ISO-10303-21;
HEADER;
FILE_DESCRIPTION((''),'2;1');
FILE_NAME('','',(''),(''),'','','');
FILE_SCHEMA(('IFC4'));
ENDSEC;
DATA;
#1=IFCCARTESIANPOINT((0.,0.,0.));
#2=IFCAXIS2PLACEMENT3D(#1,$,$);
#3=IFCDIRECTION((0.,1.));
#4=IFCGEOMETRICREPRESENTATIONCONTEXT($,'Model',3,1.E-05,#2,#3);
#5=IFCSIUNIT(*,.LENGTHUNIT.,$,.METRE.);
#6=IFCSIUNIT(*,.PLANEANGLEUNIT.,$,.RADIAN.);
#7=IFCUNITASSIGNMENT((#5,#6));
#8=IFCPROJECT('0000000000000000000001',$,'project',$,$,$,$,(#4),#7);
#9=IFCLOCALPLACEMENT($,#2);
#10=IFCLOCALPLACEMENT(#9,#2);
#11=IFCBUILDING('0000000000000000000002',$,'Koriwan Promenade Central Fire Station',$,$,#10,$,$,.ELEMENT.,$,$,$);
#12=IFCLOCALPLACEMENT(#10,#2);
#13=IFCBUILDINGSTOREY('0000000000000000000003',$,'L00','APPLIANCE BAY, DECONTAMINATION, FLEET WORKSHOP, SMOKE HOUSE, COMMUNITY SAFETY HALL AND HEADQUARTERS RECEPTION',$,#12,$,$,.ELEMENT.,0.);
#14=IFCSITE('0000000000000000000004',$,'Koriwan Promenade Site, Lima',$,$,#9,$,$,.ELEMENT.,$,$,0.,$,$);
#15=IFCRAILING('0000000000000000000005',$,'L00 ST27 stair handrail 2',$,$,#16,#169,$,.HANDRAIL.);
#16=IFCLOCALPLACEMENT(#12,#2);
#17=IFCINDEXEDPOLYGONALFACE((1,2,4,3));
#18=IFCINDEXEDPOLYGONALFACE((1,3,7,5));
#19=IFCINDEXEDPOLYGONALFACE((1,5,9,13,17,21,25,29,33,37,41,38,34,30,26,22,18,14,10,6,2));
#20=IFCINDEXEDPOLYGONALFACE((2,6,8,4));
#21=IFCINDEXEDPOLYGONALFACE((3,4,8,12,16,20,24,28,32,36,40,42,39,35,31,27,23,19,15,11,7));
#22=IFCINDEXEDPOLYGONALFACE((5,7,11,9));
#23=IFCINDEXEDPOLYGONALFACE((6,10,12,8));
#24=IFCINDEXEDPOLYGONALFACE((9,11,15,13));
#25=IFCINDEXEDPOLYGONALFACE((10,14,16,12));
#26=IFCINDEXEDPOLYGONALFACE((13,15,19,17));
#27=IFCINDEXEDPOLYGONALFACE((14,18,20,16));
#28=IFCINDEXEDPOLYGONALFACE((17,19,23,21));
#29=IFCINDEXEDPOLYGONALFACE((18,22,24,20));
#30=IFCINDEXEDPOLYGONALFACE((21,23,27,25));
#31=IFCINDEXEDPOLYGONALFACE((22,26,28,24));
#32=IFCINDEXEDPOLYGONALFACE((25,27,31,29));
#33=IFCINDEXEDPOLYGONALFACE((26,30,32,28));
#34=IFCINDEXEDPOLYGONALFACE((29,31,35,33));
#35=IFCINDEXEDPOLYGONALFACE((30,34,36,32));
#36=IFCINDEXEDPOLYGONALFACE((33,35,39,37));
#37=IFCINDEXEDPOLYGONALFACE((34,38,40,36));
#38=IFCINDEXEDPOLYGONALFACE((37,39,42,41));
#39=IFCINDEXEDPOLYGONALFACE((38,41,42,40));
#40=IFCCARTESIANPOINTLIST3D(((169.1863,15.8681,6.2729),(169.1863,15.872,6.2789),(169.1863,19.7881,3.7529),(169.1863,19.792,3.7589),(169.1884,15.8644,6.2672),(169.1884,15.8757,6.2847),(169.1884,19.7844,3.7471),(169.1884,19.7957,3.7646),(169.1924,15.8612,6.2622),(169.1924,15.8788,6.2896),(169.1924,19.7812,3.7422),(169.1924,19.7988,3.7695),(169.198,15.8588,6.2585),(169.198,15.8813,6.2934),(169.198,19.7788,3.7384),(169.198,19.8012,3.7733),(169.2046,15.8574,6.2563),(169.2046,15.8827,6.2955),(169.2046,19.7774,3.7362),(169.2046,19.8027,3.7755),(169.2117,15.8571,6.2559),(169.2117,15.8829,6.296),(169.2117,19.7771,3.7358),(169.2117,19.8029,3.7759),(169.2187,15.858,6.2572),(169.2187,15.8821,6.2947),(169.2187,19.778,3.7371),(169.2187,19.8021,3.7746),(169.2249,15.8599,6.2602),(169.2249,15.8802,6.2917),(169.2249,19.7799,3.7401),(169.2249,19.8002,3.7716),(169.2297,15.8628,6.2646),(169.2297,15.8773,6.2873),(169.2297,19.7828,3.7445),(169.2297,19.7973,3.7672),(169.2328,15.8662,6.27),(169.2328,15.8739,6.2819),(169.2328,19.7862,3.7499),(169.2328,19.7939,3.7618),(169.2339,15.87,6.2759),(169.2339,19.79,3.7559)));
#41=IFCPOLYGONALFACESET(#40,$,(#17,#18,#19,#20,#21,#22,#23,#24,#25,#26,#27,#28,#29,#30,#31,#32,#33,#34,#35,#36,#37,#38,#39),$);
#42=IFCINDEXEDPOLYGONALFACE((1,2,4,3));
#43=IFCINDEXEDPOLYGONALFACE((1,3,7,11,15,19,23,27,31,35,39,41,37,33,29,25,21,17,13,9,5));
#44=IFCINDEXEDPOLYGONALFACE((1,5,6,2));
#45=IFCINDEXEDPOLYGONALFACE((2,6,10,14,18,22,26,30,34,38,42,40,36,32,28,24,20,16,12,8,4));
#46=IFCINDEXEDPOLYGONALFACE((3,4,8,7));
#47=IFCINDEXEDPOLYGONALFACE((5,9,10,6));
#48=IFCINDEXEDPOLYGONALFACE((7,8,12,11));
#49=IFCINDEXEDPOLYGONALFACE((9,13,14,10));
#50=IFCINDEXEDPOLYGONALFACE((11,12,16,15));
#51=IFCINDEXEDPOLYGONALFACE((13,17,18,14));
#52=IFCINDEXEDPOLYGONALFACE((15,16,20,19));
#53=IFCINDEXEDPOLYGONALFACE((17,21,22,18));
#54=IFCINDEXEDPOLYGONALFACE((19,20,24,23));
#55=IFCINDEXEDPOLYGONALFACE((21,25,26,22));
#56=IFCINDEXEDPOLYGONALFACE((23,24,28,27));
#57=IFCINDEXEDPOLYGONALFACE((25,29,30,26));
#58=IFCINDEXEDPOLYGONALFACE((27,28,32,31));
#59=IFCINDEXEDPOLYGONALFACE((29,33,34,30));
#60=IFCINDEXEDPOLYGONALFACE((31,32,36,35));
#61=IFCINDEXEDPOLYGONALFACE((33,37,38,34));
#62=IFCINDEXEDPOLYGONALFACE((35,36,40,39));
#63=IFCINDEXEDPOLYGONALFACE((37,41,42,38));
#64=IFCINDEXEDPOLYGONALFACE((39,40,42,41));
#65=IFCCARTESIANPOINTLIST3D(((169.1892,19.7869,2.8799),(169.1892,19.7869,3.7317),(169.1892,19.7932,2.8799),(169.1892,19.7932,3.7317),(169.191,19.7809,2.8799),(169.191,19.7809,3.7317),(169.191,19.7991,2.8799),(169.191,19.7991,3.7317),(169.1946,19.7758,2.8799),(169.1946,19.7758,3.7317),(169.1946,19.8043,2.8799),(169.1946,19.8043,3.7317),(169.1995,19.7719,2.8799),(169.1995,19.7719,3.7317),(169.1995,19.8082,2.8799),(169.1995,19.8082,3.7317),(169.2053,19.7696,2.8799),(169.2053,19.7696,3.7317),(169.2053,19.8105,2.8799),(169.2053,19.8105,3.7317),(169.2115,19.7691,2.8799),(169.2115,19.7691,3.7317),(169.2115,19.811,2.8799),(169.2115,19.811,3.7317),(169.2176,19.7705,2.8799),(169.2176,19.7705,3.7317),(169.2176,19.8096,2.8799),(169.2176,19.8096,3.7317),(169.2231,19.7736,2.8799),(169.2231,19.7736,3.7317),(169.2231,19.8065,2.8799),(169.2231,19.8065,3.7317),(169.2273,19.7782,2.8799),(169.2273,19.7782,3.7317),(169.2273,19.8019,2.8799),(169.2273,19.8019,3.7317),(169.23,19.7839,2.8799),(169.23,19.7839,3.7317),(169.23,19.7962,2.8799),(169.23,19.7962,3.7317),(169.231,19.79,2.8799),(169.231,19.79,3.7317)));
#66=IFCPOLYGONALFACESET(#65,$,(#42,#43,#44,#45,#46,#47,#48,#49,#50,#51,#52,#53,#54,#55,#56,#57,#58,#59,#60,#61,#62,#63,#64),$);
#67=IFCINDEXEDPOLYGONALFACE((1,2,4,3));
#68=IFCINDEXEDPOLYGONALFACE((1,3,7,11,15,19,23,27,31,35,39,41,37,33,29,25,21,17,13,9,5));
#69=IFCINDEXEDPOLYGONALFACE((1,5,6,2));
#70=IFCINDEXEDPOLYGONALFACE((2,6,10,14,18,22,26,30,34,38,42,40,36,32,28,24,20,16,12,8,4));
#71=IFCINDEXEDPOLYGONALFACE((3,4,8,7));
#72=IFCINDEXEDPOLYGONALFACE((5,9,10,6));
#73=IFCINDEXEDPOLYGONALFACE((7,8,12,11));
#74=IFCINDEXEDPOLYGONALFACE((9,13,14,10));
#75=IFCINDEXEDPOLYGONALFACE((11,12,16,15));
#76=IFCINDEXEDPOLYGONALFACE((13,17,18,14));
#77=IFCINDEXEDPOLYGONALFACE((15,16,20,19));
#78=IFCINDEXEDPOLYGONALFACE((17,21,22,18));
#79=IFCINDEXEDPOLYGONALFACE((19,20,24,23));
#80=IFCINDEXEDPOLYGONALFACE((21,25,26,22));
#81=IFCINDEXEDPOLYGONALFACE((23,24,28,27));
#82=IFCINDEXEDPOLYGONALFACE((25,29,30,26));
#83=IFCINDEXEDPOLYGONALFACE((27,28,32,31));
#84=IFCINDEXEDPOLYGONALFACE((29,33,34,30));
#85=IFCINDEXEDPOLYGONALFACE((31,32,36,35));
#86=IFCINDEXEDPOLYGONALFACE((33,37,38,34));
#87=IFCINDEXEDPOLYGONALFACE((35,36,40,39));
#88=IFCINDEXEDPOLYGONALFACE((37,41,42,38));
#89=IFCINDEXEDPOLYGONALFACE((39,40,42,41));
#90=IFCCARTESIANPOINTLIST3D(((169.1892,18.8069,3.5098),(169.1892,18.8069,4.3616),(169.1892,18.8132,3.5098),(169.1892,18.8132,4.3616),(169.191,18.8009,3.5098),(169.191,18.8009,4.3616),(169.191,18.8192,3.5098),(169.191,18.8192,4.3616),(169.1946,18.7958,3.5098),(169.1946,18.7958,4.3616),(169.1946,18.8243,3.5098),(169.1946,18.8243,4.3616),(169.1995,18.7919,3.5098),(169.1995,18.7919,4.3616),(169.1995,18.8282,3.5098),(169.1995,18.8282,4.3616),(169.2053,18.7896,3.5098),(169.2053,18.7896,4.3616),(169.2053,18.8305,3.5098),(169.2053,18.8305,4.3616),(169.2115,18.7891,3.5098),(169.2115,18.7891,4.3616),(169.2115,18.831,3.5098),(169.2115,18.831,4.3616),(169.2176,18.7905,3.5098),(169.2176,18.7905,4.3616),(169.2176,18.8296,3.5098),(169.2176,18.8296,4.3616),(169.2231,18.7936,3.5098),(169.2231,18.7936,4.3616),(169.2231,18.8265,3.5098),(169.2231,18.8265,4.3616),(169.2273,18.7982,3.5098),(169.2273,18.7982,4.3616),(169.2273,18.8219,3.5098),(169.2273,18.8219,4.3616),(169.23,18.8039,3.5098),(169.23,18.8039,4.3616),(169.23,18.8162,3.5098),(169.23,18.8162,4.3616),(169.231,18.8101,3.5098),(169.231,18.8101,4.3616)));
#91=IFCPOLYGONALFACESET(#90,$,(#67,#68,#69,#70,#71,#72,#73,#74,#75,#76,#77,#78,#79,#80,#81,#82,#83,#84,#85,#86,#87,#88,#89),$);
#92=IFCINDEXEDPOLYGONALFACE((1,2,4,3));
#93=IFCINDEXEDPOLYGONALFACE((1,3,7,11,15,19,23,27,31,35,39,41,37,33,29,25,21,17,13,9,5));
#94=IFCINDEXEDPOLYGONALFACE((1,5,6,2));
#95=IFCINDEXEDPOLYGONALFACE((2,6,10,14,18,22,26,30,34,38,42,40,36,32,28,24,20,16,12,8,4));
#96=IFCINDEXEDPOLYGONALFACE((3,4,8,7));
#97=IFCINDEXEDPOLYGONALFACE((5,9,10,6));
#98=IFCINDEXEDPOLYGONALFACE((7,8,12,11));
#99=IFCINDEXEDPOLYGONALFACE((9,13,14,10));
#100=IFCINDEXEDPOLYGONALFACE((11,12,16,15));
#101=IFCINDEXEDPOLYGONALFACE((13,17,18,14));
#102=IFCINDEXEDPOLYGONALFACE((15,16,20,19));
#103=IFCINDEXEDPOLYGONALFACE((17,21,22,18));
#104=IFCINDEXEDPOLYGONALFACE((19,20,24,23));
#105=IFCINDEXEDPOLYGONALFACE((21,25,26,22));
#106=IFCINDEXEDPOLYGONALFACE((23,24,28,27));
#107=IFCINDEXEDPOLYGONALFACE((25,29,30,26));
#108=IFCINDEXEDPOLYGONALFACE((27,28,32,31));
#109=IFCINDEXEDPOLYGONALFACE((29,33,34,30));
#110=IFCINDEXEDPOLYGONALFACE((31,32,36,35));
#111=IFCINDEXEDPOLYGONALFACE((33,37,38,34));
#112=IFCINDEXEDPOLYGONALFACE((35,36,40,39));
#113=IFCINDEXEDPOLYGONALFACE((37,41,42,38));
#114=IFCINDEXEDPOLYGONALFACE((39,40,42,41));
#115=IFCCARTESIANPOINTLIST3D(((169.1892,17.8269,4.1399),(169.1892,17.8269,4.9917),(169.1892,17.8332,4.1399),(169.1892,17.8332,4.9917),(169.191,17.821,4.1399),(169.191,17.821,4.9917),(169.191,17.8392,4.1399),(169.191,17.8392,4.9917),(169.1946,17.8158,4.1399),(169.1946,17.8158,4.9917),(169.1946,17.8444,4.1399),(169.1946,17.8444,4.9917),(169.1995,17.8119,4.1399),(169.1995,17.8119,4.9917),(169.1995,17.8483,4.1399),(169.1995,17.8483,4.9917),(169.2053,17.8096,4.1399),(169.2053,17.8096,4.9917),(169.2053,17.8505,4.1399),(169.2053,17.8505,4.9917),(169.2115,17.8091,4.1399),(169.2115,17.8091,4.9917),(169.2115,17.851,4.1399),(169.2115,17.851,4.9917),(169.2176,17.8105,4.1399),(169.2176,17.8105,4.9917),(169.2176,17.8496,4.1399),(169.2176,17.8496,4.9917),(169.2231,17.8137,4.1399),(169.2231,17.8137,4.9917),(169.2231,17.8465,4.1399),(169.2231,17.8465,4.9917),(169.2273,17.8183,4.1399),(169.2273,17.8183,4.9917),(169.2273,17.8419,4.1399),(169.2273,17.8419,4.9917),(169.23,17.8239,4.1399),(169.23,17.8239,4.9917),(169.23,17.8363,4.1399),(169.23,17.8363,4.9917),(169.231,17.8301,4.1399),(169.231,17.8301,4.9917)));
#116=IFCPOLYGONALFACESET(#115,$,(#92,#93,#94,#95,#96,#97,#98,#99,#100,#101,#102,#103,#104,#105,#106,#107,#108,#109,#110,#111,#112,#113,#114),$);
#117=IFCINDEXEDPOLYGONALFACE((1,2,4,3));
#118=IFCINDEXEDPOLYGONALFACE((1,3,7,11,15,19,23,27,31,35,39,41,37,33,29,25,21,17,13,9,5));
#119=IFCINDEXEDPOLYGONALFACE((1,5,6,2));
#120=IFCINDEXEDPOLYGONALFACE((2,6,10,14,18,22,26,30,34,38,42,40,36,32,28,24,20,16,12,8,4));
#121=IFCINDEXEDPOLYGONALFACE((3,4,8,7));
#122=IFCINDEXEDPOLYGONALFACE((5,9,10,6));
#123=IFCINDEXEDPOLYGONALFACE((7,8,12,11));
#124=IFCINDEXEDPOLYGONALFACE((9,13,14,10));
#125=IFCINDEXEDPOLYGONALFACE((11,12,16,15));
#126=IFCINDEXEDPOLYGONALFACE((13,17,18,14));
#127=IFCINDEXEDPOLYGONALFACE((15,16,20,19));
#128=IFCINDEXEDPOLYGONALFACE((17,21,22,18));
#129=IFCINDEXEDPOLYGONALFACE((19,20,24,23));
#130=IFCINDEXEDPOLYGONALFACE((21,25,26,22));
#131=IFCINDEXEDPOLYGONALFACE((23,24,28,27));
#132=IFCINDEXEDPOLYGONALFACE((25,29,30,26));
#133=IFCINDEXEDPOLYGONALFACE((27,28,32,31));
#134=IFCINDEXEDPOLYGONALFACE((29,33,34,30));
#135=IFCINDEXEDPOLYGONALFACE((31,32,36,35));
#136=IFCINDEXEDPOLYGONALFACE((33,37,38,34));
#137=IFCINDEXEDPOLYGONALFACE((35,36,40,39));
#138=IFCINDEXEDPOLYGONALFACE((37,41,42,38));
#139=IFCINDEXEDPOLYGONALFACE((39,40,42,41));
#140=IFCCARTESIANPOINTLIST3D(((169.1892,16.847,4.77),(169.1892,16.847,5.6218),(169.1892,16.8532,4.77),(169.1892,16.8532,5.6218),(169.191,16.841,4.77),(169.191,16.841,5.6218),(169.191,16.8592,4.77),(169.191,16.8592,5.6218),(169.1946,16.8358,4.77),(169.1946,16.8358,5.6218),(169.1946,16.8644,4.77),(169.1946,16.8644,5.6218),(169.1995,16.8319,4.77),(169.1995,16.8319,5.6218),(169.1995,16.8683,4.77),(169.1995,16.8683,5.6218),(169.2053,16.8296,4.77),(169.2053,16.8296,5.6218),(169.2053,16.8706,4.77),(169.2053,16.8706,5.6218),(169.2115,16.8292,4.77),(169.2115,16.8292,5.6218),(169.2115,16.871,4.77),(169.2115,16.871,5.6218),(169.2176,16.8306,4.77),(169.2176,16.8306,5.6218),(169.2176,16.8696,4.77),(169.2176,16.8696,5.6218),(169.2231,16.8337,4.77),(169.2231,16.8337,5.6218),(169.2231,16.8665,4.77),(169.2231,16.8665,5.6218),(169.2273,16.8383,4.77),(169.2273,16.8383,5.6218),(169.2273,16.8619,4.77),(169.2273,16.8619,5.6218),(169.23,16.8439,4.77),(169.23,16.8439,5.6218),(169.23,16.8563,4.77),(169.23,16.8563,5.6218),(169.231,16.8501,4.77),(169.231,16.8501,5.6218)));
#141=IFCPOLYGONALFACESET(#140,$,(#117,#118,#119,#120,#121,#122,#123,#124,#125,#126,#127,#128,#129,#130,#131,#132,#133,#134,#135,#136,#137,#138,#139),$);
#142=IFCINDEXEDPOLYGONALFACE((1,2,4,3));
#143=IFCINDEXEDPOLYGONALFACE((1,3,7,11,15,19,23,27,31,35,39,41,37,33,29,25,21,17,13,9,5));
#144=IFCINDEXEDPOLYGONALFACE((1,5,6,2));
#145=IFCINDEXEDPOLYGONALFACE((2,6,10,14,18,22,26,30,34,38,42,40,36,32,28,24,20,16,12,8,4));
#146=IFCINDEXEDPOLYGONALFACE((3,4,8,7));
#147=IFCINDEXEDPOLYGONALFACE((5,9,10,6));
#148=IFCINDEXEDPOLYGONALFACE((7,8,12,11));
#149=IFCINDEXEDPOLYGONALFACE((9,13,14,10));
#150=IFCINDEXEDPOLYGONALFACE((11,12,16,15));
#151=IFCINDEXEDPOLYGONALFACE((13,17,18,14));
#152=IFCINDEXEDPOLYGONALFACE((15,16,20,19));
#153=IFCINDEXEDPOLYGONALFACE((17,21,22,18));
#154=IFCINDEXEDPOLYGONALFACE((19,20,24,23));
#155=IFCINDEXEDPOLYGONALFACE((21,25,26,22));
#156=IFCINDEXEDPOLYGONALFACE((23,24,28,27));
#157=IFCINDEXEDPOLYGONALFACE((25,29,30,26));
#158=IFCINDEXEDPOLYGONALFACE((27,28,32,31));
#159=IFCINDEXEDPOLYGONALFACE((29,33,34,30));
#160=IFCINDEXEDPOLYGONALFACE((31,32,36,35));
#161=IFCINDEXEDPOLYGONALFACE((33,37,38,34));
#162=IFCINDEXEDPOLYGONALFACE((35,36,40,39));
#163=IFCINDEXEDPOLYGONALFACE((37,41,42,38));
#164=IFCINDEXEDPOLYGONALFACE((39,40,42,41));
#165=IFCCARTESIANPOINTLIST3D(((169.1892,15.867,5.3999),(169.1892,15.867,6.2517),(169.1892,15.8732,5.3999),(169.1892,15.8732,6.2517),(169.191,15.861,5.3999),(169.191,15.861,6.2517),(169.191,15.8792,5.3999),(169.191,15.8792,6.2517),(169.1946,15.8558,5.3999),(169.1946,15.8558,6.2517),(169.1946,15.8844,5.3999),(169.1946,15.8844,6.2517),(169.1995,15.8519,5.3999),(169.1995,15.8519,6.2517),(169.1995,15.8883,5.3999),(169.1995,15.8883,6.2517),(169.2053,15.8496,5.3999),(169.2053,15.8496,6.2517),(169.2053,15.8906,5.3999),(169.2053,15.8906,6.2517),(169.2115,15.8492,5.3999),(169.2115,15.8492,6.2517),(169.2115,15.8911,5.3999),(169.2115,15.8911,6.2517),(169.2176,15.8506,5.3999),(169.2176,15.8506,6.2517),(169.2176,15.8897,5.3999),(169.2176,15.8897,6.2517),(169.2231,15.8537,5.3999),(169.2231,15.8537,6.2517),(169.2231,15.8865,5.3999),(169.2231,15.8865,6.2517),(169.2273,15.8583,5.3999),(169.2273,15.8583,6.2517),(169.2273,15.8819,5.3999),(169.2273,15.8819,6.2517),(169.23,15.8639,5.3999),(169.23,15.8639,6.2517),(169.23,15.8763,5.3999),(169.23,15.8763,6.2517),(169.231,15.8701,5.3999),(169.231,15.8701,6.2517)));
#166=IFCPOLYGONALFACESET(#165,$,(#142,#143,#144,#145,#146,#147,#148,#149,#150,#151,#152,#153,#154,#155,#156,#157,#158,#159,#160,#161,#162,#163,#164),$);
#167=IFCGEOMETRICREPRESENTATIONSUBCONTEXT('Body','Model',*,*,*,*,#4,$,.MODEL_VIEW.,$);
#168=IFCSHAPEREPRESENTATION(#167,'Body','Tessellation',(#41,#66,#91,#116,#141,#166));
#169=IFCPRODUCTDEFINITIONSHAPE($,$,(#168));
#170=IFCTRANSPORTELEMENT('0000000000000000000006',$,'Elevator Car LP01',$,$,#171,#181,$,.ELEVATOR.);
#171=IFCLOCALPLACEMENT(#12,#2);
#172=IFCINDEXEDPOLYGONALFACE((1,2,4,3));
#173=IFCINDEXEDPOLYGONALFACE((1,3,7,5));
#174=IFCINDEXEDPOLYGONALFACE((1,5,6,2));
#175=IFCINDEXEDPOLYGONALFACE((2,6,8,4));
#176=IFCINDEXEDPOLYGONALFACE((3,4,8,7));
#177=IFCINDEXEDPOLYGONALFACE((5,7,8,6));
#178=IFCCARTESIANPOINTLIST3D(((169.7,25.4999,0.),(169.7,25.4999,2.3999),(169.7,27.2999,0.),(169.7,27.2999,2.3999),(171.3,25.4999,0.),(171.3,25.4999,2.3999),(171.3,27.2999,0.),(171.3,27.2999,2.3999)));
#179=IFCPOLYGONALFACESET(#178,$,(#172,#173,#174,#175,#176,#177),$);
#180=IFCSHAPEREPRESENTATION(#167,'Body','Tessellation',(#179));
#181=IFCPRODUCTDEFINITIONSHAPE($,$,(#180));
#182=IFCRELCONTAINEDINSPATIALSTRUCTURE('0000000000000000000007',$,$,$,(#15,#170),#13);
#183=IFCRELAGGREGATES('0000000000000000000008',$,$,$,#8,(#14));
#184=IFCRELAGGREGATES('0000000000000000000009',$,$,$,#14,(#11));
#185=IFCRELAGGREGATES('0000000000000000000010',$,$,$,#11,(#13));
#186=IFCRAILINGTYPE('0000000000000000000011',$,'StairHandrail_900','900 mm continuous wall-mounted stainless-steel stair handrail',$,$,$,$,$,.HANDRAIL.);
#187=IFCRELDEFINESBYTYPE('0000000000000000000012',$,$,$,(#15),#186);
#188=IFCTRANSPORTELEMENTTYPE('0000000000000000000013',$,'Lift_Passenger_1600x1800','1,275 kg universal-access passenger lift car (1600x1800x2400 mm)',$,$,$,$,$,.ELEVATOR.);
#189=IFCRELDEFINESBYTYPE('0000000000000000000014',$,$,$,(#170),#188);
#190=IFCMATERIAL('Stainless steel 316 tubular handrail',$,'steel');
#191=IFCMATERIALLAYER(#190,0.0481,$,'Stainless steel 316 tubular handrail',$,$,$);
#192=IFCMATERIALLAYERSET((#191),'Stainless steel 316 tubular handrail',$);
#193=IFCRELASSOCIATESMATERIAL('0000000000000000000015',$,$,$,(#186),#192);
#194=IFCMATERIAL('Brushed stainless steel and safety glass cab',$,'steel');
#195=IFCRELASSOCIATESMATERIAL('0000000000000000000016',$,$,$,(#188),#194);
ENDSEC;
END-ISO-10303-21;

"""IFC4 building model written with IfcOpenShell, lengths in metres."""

from ifc_helpers import new_model, si_unit, direction, frame, origin, origin_2d, place, context, subcontext, project, spatial, rectangle, circle, extrude, material, layer, layer_set, type_object, element, save


model = new_model("IFC4")

# Units and contexts
model_context = context("Model", 3, precision=1e-05, world=origin(), true_north=direction((0.0, 1.0)))
body_context = subcontext(model_context, "Body", "Model", "MODEL_VIEW")
ifc_project = project(units=[si_unit("LENGTHUNIT", "METRE"), si_unit("PLANEANGLEUNIT", "RADIAN")], contexts=[model_context])

# Site, building, storey
site_placement = place(None, origin())
site = spatial("IfcSite", under=ifc_project, at=site_placement, Name="Koriwan Promenade Site, Lima", CompositionType="ELEMENT", RefElevation=0.0)
building_placement = place(site_placement, origin())
building = spatial("IfcBuilding", under=site, at=building_placement, Name="Koriwan Promenade Central Fire Station", CompositionType="ELEMENT")
storey_placement = place(building_placement, origin())
storey = spatial("IfcBuildingStorey", under=building, at=storey_placement, Name="L00", Description="APPLIANCE BAY, DECONTAMINATION, FLEET WORKSHOP, SMOKE HOUSE, COMMUNITY SAFETY HALL AND HEADQUARTERS RECEPTION", CompositionType="ELEMENT", Elevation=0.0)

# Railing
ifc_material_1 = material(Name="Stainless steel 316 tubular handrail", Category="steel")
ifc_layer_1 = layer(ifc_material_1, 0.0481, Name="Stainless steel 316 tubular handrail")
ifc_layer_set_1 = layer_set([ifc_layer_1], Name="Stainless steel 316 tubular handrail")
railing_type_1 = type_object("IfcRailingType", Name="StairHandrail_900", Description="900 mm continuous wall-mounted stainless-steel stair handrail", PredefinedType="HANDRAIL", material=ifc_layer_set_1)
railing_1_placement = place(storey_placement, frame((169.21, 19.79, 2.8799)))
element("IfcRailing", 1, at=railing_1_placement, inside=storey, type_object=railing_type_1, Name="L00 ST27 stair handrail 2", PredefinedType="HANDRAIL", context=body_context, shape_type="SweptSolid", body=[
    extrude(circle(Radius=0.0239, at=origin_2d()), frame((0.0, 0.0, 0.876), z_axis=(0.0, -0.841172, 0.540768), x_axis=(1.0, 0.0, 0.0)), (0.0, 0.0, 1.0), 4.6602),
    extrude(circle(Radius=0.021, at=origin_2d()), origin(), (0.0, 0.0, 1.0), 0.8518),
    extrude(circle(Radius=0.021, at=origin_2d()), frame((0.0, -0.98, 0.6299)), (0.0, 0.0, 1.0), 0.8518),
    extrude(circle(Radius=0.021, at=origin_2d()), frame((0.0, -1.96, 1.26)), (0.0, 0.0, 1.0), 0.8518),
    extrude(circle(Radius=0.021, at=origin_2d()), frame((0.0, -2.9399, 1.8901)), (0.0, 0.0, 1.0), 0.8518),
    extrude(circle(Radius=0.021, at=origin_2d()), frame((0.0, -3.9199, 2.52)), (0.0, 0.0, 1.0), 0.8518),
])

# Transport element
ifc_material_2 = material(Name="Brushed stainless steel and safety glass cab", Category="steel")
transport_element_type = type_object("IfcTransportElementType", Name="Lift_Passenger_1600x1800", Description="1,275 kg universal-access passenger lift car (1600x1800x2400 mm)", PredefinedType="ELEVATOR", material=ifc_material_2)
transport_element_placement = place(storey_placement, frame((170.5, 26.3999, 0.0), z_axis=(0.0, 0.0, 1.0), x_axis=(1.0, 0.0, 0.0)))
element("IfcTransportElement", 2, at=transport_element_placement, inside=storey, type_object=transport_element_type, Name="Elevator Car LP01", PredefinedType="ELEVATOR", context=body_context, shape_type="SweptSolid", body=[
    extrude(rectangle(XDim=1.6001, YDim=1.8, at=origin_2d()), origin(), (0.0, 0.0, 1.0), 2.3999),
])

save(model, "model.ifc")
